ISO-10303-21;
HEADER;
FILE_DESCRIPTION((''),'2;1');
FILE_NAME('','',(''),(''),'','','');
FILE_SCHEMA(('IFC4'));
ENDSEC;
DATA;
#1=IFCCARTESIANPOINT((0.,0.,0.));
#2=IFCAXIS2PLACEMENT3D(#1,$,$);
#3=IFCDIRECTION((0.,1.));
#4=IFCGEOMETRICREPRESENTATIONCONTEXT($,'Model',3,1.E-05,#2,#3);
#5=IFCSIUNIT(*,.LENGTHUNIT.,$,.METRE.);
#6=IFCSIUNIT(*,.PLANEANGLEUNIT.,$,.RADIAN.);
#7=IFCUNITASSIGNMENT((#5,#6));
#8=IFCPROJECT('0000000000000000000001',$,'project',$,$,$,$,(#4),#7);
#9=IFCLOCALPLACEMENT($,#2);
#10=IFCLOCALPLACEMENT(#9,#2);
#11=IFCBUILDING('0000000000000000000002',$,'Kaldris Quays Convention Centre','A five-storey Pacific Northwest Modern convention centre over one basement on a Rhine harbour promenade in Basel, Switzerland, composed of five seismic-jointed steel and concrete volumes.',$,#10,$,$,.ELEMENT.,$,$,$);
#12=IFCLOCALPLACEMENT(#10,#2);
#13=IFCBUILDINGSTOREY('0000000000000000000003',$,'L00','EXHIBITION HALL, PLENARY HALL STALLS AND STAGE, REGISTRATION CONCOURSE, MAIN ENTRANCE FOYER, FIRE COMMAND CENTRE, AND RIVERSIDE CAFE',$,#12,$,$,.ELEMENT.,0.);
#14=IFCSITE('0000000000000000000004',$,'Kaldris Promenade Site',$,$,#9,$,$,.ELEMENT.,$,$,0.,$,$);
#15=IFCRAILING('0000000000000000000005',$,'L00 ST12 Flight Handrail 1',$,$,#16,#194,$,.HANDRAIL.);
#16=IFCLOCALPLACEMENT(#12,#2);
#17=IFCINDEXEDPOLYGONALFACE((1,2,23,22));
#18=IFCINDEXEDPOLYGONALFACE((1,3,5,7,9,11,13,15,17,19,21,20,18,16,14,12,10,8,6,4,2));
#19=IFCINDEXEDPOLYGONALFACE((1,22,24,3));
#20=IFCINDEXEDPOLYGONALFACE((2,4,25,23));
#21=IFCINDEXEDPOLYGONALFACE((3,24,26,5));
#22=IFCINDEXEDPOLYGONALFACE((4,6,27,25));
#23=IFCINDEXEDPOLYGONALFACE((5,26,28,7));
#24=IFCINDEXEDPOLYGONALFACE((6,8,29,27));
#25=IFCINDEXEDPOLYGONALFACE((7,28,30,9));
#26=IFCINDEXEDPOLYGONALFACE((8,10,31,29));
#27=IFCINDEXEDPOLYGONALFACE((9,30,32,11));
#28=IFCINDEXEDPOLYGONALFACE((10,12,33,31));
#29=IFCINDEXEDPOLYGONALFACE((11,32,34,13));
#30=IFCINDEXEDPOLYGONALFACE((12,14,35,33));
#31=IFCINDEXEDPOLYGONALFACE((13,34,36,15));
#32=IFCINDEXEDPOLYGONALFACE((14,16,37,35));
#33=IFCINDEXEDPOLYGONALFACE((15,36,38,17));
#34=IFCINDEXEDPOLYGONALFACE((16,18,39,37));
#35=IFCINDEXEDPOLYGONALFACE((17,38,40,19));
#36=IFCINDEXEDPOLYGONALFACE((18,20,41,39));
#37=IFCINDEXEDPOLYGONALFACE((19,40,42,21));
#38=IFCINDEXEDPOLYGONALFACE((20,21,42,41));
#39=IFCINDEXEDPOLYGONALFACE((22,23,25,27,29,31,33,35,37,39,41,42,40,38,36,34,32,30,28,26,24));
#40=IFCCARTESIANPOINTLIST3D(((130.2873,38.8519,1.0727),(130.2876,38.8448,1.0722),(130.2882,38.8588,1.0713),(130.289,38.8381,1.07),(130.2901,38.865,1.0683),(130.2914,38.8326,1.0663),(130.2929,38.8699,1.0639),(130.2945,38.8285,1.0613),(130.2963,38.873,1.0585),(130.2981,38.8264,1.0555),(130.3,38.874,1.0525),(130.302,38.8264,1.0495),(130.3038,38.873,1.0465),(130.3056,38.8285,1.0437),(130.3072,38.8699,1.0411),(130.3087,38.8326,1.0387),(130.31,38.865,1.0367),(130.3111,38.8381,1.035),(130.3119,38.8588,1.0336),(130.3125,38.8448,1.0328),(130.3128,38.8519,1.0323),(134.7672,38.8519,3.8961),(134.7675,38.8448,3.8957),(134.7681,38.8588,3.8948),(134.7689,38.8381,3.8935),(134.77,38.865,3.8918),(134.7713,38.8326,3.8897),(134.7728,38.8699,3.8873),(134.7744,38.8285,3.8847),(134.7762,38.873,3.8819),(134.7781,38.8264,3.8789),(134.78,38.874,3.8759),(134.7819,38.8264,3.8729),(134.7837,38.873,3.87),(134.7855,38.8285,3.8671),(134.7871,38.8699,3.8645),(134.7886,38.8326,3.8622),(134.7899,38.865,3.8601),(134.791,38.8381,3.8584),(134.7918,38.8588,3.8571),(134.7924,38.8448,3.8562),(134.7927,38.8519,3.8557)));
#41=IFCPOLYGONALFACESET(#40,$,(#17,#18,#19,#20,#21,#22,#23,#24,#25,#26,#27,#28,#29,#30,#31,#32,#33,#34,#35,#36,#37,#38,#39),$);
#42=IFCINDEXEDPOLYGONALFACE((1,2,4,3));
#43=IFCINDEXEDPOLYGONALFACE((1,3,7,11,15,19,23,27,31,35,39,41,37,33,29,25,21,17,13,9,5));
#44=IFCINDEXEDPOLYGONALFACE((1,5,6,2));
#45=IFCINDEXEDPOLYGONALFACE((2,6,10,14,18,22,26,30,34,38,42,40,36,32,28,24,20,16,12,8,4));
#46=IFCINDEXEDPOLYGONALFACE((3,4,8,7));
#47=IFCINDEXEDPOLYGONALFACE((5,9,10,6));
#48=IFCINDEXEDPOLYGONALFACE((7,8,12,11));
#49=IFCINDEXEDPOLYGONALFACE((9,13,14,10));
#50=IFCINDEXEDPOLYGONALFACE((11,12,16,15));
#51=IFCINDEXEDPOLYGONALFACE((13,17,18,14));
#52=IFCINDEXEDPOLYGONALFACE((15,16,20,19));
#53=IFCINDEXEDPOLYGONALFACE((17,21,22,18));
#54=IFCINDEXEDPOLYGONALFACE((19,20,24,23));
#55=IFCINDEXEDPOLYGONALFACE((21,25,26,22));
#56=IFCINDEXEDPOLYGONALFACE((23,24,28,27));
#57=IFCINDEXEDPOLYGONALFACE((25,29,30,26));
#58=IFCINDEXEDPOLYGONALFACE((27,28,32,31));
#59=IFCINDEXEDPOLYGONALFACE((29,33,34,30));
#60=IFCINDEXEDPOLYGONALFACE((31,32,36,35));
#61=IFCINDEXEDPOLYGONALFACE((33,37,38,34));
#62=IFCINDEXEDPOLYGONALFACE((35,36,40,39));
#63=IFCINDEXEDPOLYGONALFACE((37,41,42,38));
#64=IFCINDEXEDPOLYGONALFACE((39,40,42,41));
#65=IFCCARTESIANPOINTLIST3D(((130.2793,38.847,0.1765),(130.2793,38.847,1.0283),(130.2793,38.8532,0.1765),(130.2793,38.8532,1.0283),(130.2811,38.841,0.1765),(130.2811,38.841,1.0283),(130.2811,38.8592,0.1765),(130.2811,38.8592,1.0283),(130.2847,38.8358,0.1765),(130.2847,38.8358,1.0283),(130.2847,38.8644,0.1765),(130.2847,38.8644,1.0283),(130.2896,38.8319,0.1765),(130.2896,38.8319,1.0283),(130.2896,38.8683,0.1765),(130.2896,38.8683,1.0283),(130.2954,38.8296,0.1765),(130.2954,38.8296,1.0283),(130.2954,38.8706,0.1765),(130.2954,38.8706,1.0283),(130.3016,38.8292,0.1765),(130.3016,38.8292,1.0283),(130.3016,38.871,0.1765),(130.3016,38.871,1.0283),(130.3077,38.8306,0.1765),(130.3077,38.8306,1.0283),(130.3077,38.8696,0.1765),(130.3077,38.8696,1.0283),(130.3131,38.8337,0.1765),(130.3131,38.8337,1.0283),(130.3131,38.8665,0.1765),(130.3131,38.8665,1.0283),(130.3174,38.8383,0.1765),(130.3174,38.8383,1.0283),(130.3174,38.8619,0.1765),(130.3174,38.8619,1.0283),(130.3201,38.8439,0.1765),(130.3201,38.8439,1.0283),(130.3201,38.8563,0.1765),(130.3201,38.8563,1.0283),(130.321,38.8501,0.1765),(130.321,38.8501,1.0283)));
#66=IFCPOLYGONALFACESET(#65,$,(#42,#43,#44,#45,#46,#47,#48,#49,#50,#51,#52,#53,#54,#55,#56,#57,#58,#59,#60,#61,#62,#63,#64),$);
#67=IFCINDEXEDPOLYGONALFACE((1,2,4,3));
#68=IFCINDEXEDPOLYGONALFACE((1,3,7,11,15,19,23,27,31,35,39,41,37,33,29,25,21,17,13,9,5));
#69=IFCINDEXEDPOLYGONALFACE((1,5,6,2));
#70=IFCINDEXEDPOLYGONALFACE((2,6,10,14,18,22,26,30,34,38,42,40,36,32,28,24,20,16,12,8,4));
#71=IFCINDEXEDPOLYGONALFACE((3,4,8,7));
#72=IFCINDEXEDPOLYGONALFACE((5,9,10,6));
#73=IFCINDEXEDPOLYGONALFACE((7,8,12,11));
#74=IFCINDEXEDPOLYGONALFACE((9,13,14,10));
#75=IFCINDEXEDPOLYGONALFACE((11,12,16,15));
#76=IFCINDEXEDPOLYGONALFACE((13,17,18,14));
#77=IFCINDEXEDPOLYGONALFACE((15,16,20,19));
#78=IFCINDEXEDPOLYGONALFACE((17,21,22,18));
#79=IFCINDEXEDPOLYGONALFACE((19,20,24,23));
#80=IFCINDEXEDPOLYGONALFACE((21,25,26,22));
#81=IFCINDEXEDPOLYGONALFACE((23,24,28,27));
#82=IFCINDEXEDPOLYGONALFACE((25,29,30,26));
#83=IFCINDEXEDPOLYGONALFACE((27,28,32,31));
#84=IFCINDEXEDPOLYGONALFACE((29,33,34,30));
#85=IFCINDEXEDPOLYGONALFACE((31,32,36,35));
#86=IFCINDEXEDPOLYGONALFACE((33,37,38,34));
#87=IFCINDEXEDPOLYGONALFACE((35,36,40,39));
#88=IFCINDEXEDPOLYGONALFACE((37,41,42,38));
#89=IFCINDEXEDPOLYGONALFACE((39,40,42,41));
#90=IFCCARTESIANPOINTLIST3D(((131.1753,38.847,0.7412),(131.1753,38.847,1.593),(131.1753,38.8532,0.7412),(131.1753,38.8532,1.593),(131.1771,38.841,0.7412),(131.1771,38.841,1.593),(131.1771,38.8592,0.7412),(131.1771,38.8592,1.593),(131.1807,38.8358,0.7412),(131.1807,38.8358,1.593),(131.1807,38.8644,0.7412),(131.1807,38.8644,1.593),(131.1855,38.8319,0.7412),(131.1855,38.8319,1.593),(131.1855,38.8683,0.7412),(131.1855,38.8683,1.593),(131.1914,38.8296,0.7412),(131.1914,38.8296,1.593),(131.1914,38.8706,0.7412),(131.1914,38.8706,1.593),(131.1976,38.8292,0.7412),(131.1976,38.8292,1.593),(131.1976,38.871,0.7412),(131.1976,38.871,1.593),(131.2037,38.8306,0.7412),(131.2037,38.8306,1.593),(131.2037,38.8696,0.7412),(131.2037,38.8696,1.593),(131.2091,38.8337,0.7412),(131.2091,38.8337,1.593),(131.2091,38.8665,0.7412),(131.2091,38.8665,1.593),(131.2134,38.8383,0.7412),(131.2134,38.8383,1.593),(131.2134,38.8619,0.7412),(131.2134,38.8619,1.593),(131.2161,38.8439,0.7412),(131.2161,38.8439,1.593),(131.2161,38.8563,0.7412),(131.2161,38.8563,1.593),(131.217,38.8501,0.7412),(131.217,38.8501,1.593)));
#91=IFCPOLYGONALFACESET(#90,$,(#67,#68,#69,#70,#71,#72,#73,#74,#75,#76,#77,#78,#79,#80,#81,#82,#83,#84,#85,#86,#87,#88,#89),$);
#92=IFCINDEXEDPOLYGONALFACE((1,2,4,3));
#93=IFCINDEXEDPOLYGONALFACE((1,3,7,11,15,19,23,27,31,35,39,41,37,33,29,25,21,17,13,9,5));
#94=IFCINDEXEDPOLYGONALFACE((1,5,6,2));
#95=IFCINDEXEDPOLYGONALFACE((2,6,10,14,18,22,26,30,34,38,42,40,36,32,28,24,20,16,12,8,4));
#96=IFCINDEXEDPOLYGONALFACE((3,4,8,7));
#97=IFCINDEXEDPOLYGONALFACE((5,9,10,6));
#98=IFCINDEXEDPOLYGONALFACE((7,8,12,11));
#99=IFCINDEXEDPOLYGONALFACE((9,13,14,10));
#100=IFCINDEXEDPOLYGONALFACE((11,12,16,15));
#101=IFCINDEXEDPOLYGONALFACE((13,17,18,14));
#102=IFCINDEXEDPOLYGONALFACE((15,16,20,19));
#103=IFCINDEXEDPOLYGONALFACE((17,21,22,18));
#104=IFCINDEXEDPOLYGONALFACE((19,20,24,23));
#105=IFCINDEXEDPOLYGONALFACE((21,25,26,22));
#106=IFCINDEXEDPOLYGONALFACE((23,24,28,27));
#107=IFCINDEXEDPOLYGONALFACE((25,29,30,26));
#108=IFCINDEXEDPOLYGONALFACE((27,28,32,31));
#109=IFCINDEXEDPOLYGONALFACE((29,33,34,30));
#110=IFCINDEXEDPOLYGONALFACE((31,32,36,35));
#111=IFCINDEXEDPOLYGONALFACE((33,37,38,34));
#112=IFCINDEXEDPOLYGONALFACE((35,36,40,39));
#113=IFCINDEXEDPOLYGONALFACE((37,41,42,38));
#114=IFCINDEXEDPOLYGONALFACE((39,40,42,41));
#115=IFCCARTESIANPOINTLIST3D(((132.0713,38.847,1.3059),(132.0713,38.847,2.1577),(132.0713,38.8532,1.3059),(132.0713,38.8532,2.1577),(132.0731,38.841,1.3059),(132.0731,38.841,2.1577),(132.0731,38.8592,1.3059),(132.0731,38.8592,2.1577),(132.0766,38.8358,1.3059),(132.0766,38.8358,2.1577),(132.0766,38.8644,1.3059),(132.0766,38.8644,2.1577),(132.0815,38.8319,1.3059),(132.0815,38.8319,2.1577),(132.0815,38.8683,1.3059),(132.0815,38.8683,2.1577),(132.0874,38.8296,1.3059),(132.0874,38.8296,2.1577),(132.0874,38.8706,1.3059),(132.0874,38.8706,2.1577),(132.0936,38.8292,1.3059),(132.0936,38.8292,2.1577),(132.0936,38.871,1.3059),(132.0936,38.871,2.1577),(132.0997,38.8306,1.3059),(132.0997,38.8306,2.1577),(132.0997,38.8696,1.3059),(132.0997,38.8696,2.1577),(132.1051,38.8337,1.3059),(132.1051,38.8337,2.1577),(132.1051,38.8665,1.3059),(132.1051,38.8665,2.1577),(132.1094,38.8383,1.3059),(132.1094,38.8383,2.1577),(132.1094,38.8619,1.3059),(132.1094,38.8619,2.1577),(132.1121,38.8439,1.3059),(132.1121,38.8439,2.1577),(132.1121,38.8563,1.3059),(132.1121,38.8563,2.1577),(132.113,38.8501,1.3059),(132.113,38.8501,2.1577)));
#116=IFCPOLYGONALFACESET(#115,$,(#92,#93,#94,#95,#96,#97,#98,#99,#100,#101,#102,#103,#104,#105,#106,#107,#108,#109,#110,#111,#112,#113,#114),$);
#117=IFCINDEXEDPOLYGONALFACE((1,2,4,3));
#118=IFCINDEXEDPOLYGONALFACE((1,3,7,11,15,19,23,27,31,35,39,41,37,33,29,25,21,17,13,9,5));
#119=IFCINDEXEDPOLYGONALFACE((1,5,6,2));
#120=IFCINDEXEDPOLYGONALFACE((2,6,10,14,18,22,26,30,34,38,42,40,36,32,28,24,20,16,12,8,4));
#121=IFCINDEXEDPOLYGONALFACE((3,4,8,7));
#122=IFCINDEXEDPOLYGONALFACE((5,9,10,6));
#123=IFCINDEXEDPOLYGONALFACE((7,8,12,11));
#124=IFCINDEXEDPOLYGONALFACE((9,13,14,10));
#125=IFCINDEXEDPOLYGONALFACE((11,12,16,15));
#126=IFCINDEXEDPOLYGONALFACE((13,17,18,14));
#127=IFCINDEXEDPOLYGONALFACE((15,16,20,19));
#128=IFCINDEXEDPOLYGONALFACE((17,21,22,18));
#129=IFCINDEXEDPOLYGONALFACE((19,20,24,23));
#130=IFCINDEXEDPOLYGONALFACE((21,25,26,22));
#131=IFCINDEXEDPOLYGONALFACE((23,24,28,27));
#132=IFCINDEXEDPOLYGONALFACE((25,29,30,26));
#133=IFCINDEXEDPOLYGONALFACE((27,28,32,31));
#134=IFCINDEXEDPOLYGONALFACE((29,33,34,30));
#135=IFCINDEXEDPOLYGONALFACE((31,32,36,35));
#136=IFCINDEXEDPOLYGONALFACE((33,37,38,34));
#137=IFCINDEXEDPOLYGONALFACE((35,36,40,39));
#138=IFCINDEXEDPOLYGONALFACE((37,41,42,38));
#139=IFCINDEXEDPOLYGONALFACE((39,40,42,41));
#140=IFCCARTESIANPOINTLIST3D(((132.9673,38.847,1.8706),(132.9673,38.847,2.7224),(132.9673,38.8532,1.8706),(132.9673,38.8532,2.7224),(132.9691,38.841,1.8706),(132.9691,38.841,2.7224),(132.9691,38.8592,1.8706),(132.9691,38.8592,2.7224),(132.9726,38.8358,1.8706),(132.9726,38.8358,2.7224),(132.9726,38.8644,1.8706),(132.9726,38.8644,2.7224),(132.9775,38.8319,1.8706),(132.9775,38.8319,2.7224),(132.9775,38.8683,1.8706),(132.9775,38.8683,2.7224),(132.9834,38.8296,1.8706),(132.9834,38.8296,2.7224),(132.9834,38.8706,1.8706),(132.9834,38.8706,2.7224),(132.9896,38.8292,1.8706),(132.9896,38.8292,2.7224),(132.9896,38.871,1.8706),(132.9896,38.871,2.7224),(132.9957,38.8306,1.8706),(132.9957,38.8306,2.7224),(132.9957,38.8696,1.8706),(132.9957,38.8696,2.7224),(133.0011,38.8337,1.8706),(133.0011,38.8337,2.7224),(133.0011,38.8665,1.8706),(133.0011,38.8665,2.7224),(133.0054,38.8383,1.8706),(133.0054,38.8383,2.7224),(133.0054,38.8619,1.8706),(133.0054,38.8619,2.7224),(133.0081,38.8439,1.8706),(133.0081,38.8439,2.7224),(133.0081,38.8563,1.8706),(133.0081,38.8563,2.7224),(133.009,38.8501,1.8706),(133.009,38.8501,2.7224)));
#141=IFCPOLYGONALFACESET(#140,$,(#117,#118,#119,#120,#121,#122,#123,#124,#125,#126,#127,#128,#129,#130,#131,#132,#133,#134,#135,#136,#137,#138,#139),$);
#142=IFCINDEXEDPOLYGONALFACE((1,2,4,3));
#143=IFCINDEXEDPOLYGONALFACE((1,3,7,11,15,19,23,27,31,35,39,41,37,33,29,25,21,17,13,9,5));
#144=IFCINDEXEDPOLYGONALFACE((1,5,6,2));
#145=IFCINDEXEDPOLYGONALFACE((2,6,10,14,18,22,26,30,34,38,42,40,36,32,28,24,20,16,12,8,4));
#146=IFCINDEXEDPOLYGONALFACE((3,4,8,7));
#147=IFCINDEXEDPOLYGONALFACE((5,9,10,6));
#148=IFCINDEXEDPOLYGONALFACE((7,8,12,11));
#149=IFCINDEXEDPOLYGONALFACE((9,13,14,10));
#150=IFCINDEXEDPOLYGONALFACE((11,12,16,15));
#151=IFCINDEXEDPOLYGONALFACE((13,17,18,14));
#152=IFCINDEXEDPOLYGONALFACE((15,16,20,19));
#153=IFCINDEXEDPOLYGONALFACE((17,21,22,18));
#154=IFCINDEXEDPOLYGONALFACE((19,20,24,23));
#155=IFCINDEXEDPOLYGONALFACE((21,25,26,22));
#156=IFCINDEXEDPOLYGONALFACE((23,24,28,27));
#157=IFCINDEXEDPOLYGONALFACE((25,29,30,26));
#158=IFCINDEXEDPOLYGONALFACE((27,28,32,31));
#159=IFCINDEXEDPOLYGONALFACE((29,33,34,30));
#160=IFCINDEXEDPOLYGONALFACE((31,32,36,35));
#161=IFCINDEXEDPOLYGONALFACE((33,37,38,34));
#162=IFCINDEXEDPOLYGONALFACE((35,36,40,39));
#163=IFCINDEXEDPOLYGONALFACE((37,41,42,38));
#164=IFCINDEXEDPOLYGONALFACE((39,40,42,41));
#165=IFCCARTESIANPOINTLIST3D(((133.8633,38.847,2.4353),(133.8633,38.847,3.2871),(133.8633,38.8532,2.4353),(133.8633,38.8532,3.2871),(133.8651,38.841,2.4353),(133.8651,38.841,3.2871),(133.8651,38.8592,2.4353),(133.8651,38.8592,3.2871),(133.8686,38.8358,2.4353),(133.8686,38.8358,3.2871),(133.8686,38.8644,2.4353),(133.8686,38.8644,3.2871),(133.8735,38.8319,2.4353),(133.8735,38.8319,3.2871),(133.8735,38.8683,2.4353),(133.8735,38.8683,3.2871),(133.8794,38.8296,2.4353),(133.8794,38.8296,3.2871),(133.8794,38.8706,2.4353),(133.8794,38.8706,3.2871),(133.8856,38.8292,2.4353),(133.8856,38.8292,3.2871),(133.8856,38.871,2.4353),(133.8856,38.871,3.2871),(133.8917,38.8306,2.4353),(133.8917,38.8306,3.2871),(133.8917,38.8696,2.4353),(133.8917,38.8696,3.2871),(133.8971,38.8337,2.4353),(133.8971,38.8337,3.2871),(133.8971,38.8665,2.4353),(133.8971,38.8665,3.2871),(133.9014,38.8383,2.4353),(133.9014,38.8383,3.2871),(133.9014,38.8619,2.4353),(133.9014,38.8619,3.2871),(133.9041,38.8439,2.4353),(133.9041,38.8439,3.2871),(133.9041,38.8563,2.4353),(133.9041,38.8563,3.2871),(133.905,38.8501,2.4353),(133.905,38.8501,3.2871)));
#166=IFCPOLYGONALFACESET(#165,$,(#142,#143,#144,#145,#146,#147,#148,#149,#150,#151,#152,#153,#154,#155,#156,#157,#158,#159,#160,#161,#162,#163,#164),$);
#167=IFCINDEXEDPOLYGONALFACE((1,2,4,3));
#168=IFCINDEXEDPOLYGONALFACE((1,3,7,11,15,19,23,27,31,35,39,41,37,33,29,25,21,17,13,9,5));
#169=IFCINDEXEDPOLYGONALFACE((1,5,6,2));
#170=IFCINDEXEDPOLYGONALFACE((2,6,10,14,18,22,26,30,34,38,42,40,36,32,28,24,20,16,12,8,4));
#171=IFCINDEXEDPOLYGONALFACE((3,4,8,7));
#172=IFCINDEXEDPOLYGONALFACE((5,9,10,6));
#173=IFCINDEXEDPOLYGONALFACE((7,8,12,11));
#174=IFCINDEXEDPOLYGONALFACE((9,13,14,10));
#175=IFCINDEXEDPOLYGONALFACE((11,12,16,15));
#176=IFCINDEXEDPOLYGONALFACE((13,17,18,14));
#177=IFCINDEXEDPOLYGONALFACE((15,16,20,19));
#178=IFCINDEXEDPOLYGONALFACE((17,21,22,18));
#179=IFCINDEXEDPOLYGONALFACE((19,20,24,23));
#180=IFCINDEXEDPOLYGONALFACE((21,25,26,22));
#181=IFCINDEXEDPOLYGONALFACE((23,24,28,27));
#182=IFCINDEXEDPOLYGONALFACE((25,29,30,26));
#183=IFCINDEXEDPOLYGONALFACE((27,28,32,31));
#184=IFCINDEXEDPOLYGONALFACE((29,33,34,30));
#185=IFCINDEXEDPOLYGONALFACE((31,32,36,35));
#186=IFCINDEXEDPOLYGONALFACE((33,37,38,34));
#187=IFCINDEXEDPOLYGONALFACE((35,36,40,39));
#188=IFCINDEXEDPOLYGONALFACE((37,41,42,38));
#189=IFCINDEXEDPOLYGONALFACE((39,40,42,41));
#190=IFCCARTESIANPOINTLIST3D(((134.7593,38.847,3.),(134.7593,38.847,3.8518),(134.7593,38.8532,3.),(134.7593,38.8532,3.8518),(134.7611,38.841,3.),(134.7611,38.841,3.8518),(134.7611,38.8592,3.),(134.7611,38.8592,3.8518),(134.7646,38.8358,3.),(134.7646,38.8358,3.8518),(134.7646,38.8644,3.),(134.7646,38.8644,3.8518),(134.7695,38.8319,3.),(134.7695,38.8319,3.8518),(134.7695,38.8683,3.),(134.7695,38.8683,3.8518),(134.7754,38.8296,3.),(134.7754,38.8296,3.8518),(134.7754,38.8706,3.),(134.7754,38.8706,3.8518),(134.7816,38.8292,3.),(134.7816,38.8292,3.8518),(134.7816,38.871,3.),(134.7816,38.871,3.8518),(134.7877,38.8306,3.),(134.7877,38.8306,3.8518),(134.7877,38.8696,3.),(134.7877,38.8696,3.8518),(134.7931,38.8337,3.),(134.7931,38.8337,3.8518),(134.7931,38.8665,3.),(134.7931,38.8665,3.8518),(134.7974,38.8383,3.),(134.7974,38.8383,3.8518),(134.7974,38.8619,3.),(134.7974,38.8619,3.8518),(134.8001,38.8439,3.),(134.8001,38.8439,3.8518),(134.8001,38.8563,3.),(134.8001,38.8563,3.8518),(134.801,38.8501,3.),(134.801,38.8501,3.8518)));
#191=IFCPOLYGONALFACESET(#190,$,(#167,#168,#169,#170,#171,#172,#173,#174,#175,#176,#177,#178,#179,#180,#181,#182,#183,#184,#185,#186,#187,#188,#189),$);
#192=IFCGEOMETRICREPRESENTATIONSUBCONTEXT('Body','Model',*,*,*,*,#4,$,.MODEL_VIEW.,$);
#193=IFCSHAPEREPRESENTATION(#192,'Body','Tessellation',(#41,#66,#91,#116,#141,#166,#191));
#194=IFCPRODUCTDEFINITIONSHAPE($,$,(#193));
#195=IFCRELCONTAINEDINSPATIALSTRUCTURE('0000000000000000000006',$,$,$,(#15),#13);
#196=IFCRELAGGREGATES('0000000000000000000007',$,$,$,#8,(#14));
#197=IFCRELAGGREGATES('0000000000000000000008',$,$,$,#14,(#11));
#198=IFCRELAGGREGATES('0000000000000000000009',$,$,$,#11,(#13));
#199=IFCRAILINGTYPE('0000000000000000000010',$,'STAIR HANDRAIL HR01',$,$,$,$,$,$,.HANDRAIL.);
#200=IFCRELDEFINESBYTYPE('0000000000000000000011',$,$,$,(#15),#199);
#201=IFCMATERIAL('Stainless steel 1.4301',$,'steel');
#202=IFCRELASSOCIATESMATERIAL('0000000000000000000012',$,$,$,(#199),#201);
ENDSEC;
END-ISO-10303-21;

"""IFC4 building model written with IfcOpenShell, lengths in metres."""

from ifc_helpers import new_model, si_unit, direction, frame, origin, origin_2d, place, context, subcontext, project, spatial, circle, extrude, material, type_object, element, save


model = new_model("IFC4")

# Units and contexts
model_context = context("Model", 3, precision=1e-05, world=origin(), true_north=direction((0.0, 1.0)))
body_context = subcontext(model_context, "Body", "Model", "MODEL_VIEW")
ifc_project = project(units=[si_unit("LENGTHUNIT", "METRE"), si_unit("PLANEANGLEUNIT", "RADIAN")], contexts=[model_context])

# Site, building, storey
site_placement = place(None, origin())
site = spatial("IfcSite", under=ifc_project, at=site_placement, Name="Kaldris Promenade Site", CompositionType="ELEMENT", RefElevation=0.0)
building_placement = place(site_placement, origin())
building = spatial("IfcBuilding", under=site, at=building_placement, Name="Kaldris Quays Convention Centre", Description="A five-storey Pacific Northwest Modern convention centre over one basement on a Rhine harbour promenade in Basel, Switzerland, composed of five seismic-jointed steel and concrete volumes.", CompositionType="ELEMENT")
storey_placement = place(building_placement, origin())
storey = spatial("IfcBuildingStorey", under=building, at=storey_placement, Name="L00", Description="EXHIBITION HALL, PLENARY HALL STALLS AND STAGE, REGISTRATION CONCOURSE, MAIN ENTRANCE FOYER, FIRE COMMAND CENTRE, AND RIVERSIDE CAFE", CompositionType="ELEMENT", Elevation=0.0)

# Railing
ifc_material_1 = material(Name="Stainless steel 1.4301", Category="steel")
railing_type_1 = type_object("IfcRailingType", Name="STAIR HANDRAIL HR01", PredefinedType="HANDRAIL", material=ifc_material_1)
railing_1_placement = place(storey_placement, frame((130.3, 38.8501, 0.1765)))
element("IfcRailing", 1, at=railing_1_placement, inside=storey, type_object=railing_type_1, Name="L00 ST12 Flight Handrail 1", PredefinedType="HANDRAIL", context=body_context, shape_type="SweptSolid", body=[
    extrude(circle(Radius=0.0239, at=origin_2d()), frame((0.0, 0.0, 0.876), z_axis=(0.845998, 0.0, 0.533186), x_axis=(0.0, 1.0, 0.0)), (0.0, 0.0, 1.0), 5.2954),
    extrude(circle(Radius=0.021, at=origin_2d()), origin(), (0.0, 0.0, 1.0), 0.8518),
    extrude(circle(Radius=0.021, at=origin_2d()), frame((0.896, 0.0, 0.5647)), (0.0, 0.0, 1.0), 0.8518),
    extrude(circle(Radius=0.021, at=origin_2d()), frame((1.792, 0.0, 1.1294)), (0.0, 0.0, 1.0), 0.8518),
    extrude(circle(Radius=0.021, at=origin_2d()), frame((2.688, 0.0, 1.6941)), (0.0, 0.0, 1.0), 0.8518),
    extrude(circle(Radius=0.021, at=origin_2d()), frame((3.584, 0.0, 2.2588)), (0.0, 0.0, 1.0), 0.8518),
    extrude(circle(Radius=0.021, at=origin_2d()), frame((4.48, 0.0, 2.8235)), (0.0, 0.0, 1.0), 0.8518),
])

save(model, "model.ifc")
